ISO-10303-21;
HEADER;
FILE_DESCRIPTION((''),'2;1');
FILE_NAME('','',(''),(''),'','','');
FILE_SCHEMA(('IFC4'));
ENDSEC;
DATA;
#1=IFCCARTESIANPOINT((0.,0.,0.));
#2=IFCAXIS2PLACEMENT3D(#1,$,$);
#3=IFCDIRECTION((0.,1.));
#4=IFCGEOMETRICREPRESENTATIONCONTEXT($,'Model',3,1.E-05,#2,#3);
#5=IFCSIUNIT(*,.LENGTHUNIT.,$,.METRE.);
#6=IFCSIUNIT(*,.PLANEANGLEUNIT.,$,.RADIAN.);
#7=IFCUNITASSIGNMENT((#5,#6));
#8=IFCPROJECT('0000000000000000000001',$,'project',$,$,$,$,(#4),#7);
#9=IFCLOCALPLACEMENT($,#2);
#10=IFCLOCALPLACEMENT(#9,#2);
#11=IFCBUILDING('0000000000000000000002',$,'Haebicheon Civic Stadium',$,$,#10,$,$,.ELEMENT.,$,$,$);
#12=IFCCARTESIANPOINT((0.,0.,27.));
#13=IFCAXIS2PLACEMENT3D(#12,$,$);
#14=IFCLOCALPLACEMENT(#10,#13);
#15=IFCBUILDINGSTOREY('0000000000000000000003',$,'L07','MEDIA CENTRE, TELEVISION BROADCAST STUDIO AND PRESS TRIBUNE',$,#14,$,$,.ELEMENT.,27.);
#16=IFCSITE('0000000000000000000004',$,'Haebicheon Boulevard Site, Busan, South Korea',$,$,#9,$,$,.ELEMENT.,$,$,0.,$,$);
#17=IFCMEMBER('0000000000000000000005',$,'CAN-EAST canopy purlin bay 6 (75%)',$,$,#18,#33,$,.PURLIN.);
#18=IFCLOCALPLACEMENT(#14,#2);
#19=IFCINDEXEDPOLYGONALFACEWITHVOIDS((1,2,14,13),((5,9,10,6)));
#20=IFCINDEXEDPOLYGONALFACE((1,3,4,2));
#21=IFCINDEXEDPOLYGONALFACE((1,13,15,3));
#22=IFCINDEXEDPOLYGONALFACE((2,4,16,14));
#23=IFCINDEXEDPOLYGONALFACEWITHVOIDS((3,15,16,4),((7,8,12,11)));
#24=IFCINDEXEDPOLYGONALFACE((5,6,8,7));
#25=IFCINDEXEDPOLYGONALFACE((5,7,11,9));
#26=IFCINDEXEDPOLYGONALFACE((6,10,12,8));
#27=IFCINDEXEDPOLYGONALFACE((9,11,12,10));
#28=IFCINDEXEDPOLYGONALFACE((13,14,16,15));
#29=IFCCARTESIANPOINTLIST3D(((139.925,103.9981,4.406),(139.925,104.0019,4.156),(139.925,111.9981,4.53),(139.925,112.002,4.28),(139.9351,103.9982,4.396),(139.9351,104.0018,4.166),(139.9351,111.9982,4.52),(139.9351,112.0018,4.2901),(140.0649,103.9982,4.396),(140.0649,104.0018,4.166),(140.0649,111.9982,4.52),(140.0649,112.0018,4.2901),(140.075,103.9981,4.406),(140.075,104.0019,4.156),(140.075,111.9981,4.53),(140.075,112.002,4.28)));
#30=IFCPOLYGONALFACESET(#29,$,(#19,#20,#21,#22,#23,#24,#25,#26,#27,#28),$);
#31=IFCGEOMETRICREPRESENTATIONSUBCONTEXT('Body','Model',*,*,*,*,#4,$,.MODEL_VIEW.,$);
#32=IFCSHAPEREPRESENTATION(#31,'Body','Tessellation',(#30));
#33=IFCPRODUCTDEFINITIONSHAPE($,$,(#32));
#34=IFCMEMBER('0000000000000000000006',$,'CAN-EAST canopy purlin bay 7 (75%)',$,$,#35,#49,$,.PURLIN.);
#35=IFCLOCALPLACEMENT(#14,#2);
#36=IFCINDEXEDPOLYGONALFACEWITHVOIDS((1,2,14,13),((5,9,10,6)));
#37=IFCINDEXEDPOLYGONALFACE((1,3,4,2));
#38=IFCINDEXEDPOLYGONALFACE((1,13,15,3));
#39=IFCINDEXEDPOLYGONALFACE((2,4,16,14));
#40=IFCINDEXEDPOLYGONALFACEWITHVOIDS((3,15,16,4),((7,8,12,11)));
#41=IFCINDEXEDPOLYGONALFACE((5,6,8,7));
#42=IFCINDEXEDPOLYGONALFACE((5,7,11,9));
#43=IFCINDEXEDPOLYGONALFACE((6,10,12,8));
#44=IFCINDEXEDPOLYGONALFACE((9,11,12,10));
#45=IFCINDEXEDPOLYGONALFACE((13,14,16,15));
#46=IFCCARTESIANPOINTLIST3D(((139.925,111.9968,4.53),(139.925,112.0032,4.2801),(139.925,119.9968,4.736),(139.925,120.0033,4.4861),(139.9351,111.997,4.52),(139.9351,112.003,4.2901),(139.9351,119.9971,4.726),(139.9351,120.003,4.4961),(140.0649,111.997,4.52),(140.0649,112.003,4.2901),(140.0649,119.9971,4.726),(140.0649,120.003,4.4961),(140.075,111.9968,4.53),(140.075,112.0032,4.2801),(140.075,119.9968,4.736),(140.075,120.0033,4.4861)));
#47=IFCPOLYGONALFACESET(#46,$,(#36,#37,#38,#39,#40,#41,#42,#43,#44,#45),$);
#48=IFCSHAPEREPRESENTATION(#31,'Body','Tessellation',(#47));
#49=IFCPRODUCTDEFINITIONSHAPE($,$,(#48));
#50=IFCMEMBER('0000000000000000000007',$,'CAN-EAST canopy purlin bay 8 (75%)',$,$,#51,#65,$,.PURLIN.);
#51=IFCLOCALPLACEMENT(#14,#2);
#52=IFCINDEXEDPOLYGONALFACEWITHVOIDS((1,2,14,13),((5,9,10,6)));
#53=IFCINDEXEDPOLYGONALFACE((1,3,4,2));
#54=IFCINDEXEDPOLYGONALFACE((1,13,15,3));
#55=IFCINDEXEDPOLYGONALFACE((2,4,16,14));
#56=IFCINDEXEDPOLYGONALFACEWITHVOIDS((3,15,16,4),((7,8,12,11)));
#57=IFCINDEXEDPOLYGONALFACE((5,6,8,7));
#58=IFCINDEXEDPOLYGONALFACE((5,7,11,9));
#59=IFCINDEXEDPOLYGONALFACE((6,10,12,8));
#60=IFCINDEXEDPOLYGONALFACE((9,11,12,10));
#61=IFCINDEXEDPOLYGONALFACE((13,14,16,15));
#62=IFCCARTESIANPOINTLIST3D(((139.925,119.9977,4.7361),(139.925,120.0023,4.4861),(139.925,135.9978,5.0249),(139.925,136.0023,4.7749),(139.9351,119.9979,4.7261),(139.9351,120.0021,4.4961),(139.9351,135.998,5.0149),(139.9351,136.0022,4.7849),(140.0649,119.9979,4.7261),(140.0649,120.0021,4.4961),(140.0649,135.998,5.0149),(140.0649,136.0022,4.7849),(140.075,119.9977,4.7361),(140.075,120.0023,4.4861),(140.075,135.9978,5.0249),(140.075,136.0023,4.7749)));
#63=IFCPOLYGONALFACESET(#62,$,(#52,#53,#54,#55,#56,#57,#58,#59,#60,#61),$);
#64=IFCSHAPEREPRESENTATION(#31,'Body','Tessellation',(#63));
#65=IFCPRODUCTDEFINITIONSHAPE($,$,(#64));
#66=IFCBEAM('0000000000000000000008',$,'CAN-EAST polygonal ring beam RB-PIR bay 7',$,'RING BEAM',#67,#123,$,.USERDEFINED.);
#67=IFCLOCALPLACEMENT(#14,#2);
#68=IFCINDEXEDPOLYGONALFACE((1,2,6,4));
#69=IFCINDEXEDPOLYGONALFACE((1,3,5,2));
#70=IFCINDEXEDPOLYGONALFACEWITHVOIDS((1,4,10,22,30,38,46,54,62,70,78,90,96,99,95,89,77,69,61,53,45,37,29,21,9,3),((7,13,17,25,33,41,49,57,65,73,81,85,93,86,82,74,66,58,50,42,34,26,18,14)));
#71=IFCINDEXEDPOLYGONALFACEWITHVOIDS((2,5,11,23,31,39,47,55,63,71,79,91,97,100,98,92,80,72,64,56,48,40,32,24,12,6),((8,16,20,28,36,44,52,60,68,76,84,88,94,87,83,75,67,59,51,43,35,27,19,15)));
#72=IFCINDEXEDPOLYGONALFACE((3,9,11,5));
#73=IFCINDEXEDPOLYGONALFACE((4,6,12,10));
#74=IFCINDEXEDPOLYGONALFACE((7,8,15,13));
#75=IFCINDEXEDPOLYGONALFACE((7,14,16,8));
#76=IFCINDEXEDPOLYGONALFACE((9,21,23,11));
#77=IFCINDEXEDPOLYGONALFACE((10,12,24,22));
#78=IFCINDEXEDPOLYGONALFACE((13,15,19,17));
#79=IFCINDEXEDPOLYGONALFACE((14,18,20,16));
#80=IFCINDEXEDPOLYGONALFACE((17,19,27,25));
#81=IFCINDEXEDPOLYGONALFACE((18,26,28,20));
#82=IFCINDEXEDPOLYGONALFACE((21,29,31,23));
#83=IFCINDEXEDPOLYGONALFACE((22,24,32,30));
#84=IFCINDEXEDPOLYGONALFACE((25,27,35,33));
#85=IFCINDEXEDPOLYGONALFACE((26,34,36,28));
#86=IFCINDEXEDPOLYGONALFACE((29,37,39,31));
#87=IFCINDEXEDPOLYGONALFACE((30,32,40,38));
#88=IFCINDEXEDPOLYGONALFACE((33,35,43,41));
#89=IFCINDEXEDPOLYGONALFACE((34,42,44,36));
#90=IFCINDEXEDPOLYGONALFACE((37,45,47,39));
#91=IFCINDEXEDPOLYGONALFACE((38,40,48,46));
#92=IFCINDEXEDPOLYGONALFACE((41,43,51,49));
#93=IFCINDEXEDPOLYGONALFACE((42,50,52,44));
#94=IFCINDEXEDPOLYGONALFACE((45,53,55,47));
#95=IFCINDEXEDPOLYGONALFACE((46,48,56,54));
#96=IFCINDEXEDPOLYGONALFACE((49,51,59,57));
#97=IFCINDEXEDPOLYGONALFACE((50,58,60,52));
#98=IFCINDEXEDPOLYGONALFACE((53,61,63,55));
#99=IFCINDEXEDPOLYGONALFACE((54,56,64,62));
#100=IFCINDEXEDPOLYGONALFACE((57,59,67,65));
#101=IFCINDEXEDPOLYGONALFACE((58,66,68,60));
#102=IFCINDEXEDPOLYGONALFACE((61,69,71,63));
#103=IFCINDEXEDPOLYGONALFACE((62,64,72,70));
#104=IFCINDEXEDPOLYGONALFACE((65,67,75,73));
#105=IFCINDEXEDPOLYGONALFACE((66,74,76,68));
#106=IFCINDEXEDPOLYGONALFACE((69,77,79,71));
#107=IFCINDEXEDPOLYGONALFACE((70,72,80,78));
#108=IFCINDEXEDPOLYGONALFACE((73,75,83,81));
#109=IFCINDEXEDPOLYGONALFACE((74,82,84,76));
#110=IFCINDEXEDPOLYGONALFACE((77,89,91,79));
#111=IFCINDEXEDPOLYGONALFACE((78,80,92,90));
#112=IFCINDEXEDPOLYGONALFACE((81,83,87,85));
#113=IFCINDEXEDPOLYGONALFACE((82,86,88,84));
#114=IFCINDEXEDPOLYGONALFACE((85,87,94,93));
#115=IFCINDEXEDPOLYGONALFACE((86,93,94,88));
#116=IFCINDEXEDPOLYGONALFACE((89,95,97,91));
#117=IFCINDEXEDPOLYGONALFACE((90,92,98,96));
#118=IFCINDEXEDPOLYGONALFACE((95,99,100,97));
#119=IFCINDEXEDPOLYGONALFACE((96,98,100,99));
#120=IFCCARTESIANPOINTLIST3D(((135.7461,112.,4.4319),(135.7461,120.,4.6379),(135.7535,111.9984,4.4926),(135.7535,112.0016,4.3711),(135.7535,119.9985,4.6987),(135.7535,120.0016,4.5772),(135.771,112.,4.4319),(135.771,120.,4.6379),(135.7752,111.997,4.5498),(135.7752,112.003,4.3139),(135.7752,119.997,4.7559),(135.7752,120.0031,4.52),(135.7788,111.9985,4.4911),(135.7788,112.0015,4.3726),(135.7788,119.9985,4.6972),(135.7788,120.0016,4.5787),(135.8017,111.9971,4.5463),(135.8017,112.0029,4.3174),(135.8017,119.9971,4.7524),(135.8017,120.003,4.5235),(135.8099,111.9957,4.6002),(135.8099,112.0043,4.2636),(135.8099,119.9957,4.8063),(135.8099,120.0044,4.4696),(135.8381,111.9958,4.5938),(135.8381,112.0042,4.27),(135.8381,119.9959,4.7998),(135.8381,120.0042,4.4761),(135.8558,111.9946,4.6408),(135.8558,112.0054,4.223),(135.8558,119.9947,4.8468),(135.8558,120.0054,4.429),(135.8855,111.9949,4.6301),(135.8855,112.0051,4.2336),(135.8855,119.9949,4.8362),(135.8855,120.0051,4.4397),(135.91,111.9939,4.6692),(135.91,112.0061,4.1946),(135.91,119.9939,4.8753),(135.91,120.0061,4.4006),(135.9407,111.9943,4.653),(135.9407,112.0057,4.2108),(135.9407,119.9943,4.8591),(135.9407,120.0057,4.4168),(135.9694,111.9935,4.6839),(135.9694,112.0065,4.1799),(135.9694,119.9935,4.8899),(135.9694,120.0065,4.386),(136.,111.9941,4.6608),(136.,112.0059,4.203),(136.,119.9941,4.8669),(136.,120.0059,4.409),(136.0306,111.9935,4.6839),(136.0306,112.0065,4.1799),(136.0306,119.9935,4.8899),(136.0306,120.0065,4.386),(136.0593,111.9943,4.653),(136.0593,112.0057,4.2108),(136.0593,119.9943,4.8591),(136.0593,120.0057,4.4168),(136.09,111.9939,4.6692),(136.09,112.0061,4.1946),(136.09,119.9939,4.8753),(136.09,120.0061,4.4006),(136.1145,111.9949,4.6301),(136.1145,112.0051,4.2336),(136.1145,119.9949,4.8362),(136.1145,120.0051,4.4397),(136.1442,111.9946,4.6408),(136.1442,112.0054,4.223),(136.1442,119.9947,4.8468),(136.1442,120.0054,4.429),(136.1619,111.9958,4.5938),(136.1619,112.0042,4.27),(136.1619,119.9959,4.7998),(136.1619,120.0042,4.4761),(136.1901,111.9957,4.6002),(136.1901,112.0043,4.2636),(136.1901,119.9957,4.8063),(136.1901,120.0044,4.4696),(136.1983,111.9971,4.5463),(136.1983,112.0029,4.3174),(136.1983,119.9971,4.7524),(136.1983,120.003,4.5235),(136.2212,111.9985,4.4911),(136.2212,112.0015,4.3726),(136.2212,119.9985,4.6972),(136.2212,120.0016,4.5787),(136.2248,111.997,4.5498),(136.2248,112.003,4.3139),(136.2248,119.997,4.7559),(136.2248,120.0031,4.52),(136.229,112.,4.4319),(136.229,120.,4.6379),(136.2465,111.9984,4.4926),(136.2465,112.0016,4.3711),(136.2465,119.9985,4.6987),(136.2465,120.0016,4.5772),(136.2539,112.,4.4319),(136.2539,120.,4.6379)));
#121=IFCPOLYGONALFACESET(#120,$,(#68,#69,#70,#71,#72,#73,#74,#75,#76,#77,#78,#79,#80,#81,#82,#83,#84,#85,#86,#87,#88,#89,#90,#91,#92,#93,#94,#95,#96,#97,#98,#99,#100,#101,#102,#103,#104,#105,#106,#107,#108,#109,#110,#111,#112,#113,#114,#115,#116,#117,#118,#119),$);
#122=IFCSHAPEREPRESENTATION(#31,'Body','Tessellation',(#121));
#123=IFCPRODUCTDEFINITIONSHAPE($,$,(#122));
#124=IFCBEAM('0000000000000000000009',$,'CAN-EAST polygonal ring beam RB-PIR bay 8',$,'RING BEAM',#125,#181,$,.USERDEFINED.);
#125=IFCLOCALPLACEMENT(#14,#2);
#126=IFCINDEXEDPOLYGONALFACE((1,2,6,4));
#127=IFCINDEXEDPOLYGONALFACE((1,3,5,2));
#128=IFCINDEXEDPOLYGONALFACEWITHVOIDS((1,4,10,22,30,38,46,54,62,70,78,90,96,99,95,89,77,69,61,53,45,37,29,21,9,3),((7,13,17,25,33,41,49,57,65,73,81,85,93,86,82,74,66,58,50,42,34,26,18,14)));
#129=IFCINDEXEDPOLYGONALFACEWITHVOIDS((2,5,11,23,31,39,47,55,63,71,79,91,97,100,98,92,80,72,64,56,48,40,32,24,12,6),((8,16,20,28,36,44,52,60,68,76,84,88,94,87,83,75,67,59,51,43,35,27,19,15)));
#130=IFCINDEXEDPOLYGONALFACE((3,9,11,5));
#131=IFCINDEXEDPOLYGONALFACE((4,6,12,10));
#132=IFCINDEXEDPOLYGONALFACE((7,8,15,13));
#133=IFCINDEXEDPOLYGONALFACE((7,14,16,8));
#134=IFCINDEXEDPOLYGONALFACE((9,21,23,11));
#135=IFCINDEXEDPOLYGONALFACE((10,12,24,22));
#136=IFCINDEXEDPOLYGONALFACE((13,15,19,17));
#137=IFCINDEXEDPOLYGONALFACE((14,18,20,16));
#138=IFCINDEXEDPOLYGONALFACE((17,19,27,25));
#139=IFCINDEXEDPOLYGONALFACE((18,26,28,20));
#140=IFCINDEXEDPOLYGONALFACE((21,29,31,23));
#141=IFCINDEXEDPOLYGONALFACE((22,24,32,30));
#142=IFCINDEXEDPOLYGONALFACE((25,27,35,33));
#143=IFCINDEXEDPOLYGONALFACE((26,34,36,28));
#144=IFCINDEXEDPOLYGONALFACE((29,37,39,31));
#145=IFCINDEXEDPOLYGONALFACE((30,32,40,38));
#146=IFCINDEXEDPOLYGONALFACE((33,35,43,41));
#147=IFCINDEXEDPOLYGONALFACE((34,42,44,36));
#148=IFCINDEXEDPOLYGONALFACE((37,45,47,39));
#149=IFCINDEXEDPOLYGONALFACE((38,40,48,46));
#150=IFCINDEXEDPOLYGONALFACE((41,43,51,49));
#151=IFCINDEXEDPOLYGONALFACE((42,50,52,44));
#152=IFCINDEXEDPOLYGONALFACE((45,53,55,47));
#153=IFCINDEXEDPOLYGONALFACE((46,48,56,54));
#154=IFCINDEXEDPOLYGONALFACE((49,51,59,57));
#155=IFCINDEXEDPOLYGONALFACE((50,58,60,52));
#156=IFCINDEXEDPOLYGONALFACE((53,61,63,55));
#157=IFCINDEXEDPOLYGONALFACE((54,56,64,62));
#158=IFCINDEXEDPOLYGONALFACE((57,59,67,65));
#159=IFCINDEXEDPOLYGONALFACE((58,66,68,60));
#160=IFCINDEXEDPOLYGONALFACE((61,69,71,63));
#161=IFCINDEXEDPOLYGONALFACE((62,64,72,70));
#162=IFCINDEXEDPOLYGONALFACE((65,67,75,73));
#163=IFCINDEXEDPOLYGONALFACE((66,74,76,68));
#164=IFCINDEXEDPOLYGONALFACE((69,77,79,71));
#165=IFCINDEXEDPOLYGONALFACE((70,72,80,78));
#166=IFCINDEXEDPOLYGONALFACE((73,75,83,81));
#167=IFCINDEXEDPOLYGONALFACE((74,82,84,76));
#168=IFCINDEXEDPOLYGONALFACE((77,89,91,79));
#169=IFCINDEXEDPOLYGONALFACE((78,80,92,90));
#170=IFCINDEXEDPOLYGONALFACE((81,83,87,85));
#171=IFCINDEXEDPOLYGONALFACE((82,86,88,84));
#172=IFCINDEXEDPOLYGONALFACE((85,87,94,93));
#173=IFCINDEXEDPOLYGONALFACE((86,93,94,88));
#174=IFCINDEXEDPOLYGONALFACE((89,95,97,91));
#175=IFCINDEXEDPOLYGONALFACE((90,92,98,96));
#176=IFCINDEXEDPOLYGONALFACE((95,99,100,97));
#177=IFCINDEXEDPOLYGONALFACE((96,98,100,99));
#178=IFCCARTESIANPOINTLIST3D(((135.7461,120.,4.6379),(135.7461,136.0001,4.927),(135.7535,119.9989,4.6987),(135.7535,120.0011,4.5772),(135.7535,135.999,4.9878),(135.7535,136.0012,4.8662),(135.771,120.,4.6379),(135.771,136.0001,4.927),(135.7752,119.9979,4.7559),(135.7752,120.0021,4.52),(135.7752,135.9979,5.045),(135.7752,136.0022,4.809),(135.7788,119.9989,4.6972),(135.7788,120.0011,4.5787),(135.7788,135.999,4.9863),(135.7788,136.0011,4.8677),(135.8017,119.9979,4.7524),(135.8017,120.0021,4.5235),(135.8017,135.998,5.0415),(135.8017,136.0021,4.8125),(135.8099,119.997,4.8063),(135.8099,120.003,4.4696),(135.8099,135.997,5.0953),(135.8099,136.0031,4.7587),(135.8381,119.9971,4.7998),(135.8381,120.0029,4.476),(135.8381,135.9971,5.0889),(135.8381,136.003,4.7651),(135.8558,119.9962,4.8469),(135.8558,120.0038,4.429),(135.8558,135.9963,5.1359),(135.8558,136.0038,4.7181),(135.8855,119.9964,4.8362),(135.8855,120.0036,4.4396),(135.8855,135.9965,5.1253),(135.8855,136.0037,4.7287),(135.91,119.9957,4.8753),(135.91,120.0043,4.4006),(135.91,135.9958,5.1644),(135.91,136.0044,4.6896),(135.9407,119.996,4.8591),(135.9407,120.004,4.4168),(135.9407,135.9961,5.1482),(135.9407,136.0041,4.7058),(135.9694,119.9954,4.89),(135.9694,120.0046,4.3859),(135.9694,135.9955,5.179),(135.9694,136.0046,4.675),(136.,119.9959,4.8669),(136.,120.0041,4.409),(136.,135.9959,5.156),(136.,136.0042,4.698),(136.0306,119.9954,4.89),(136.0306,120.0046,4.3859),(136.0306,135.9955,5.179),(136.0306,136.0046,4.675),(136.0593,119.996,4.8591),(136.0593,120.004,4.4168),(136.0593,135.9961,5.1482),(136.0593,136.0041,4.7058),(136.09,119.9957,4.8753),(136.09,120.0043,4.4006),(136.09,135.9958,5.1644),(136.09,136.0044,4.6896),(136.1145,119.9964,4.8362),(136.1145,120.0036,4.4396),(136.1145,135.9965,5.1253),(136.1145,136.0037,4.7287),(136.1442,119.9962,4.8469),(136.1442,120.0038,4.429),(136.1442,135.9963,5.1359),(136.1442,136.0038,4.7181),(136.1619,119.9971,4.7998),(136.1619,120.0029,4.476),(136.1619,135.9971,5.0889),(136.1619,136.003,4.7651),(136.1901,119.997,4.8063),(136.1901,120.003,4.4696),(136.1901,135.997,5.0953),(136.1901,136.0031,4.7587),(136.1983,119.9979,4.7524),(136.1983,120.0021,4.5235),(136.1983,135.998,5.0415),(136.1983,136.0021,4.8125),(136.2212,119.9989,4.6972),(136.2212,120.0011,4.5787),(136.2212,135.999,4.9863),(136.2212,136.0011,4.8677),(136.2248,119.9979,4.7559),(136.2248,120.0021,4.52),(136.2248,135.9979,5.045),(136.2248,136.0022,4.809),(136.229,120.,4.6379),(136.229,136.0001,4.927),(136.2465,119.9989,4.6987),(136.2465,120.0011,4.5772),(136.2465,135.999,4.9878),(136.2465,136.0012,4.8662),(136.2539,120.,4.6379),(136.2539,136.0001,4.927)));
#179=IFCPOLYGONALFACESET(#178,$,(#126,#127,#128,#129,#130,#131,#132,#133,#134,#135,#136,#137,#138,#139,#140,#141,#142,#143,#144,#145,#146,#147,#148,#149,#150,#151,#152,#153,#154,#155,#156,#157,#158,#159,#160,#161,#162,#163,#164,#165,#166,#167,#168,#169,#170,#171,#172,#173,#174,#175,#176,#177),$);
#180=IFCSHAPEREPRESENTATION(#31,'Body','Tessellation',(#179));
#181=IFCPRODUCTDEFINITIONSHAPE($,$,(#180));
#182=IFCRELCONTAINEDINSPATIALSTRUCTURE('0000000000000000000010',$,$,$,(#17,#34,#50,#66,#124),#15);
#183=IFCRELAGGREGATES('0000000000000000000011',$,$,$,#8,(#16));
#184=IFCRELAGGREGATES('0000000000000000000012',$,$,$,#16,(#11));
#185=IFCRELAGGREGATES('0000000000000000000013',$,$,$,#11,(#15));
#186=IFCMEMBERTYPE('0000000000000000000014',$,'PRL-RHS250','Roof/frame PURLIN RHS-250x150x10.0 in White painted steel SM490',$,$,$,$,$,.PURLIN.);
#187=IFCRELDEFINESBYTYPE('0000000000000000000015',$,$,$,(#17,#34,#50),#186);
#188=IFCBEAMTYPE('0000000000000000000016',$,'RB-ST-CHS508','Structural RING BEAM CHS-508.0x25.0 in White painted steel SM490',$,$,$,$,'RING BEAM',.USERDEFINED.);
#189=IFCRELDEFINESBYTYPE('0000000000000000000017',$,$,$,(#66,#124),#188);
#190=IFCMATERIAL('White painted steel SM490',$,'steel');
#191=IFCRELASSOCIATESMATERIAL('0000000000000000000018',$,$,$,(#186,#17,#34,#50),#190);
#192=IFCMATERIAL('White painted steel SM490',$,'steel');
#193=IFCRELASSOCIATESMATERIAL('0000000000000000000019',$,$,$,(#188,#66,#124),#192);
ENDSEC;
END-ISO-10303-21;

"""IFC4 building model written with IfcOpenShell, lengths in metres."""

from ifc_helpers import new_model, si_unit, direction, frame, origin, origin_2d, place, context, subcontext, project, spatial, hollow_rectangle, hollow_circle, extrude, material, material_profile, profile_set, type_object, element, save


model = new_model("IFC4")

# Units and contexts
model_context = context("Model", 3, precision=1e-05, world=origin(), true_north=direction((0.0, 1.0)))
body_context = subcontext(model_context, "Body", "Model", "MODEL_VIEW")
ifc_project = project(units=[si_unit("LENGTHUNIT", "METRE"), si_unit("PLANEANGLEUNIT", "RADIAN")], contexts=[model_context])

# Site, building, storey
site_placement = place(None, origin())
site = spatial("IfcSite", under=ifc_project, at=site_placement, Name="Haebicheon Boulevard Site, Busan, South Korea", CompositionType="ELEMENT", RefElevation=0.0)
building_placement = place(site_placement, origin())
building = spatial("IfcBuilding", under=site, at=building_placement, Name="Haebicheon Civic Stadium", CompositionType="ELEMENT")
storey_placement = place(building_placement, frame((0.0, 0.0, 27.0)))
storey = spatial("IfcBuildingStorey", under=building, at=storey_placement, Name="L07", Description="MEDIA CENTRE, TELEVISION BROADCAST STUDIO AND PRESS TRIBUNE", CompositionType="ELEMENT", Elevation=27.0)

# Members
ifc_material_1 = material(Name="White painted steel SM490", Category="steel")
ifc_material_profile_1 = material_profile(ifc_material_1, hollow_rectangle(XDim=0.1499, YDim=0.25, WallThickness=0.01, at=origin_2d()), Name="RHS-250x150x10.0")
ifc_profile_set_1 = profile_set([ifc_material_profile_1], Name="White painted steel SM490")
member_type_1 = type_object("IfcMemberType", Name="PRL-RHS250", Description="Roof/frame PURLIN RHS-250x150x10.0 in White painted steel SM490", PredefinedType="PURLIN", material=ifc_profile_set_1)
member_1_placement = place(storey_placement, frame((140.0, 104.0, 4.281), z_axis=(0.0, 0.99988, 0.015501), x_axis=(-1.0, 0.0, 0.0)))
element("IfcMember", 1, at=member_1_placement, inside=storey, type_object=member_type_1, material=ifc_profile_set_1, Name="CAN-EAST canopy purlin bay 6 (75%)", PredefinedType="PURLIN", context=body_context, shape_type="SweptSolid", body=[
    extrude(hollow_rectangle(XDim=0.1499, YDim=0.25, WallThickness=0.01, at=origin_2d()), origin(), (0.0, 0.0, 1.0), 8.001),
])
member_2_placement = place(storey_placement, frame((140.0, 112.0, 4.405), z_axis=(0.0, 0.999668, 0.025748), x_axis=(-1.0, 0.0, 0.0)))
element("IfcMember", 2, at=member_2_placement, inside=storey, type_object=member_type_1, material=ifc_profile_set_1, Name="CAN-EAST canopy purlin bay 7 (75%)", PredefinedType="PURLIN", context=body_context, shape_type="SweptSolid", body=[
    extrude(hollow_rectangle(XDim=0.1499, YDim=0.25, WallThickness=0.01, at=origin_2d()), origin(), (0.0, 0.0, 1.0), 8.0027),
])
member_3_placement = place(storey_placement, frame((140.0, 120.0, 4.6111), z_axis=(0.0, 0.999837, 0.018048), x_axis=(-1.0, 0.0, 0.0)))
element("IfcMember", 3, at=member_3_placement, inside=storey, type_object=member_type_1, material=ifc_profile_set_1, Name="CAN-EAST canopy purlin bay 8 (75%)", PredefinedType="PURLIN", context=body_context, shape_type="SweptSolid", body=[
    extrude(hollow_rectangle(XDim=0.1499, YDim=0.25, WallThickness=0.01, at=origin_2d()), origin(), (0.0, 0.0, 1.0), 16.0027),
])

# Beams
ifc_material_2 = material(Name="White painted steel SM490", Category="steel")
ifc_material_profile_2 = material_profile(ifc_material_2, hollow_circle(Radius=0.2539, WallThickness=0.0249, at=origin_2d()), Name="CHS-508.0x25.0")
ifc_profile_set_2 = profile_set([ifc_material_profile_2], Name="White painted steel SM490")
beam_type = type_object("IfcBeamType", Name="RB-ST-CHS508", Description="Structural RING BEAM CHS-508.0x25.0 in White painted steel SM490", ElementType="RING BEAM", PredefinedType="USERDEFINED", material=ifc_profile_set_2)
beam_1_placement = place(storey_placement, frame((136.0, 112.0, 4.4319), z_axis=(0.0, 0.999668, 0.025748), x_axis=(-1.0, 0.0, 0.0)))
element("IfcBeam", 4, at=beam_1_placement, inside=storey, type_object=beam_type, material=ifc_profile_set_2, Name="CAN-EAST polygonal ring beam RB-PIR bay 7", ObjectType="RING BEAM", PredefinedType="USERDEFINED", context=body_context, shape_type="SweptSolid", body=[
    extrude(hollow_circle(Radius=0.2539, WallThickness=0.0249, at=origin_2d()), origin(), (0.0, 0.0, 1.0), 8.0027),
])
beam_2_placement = place(storey_placement, frame((136.0, 120.0, 4.6379), z_axis=(0.0, 0.999837, 0.018063), x_axis=(-1.0, 0.0, 0.0)))
element("IfcBeam", 5, at=beam_2_placement, inside=storey, type_object=beam_type, material=ifc_profile_set_2, Name="CAN-EAST polygonal ring beam RB-PIR bay 8", ObjectType="RING BEAM", PredefinedType="USERDEFINED", context=body_context, shape_type="SweptSolid", body=[
    extrude(hollow_circle(Radius=0.2539, WallThickness=0.0249, at=origin_2d()), origin(), (0.0, 0.0, 1.0), 16.0027),
])

save(model, "model.ifc")
